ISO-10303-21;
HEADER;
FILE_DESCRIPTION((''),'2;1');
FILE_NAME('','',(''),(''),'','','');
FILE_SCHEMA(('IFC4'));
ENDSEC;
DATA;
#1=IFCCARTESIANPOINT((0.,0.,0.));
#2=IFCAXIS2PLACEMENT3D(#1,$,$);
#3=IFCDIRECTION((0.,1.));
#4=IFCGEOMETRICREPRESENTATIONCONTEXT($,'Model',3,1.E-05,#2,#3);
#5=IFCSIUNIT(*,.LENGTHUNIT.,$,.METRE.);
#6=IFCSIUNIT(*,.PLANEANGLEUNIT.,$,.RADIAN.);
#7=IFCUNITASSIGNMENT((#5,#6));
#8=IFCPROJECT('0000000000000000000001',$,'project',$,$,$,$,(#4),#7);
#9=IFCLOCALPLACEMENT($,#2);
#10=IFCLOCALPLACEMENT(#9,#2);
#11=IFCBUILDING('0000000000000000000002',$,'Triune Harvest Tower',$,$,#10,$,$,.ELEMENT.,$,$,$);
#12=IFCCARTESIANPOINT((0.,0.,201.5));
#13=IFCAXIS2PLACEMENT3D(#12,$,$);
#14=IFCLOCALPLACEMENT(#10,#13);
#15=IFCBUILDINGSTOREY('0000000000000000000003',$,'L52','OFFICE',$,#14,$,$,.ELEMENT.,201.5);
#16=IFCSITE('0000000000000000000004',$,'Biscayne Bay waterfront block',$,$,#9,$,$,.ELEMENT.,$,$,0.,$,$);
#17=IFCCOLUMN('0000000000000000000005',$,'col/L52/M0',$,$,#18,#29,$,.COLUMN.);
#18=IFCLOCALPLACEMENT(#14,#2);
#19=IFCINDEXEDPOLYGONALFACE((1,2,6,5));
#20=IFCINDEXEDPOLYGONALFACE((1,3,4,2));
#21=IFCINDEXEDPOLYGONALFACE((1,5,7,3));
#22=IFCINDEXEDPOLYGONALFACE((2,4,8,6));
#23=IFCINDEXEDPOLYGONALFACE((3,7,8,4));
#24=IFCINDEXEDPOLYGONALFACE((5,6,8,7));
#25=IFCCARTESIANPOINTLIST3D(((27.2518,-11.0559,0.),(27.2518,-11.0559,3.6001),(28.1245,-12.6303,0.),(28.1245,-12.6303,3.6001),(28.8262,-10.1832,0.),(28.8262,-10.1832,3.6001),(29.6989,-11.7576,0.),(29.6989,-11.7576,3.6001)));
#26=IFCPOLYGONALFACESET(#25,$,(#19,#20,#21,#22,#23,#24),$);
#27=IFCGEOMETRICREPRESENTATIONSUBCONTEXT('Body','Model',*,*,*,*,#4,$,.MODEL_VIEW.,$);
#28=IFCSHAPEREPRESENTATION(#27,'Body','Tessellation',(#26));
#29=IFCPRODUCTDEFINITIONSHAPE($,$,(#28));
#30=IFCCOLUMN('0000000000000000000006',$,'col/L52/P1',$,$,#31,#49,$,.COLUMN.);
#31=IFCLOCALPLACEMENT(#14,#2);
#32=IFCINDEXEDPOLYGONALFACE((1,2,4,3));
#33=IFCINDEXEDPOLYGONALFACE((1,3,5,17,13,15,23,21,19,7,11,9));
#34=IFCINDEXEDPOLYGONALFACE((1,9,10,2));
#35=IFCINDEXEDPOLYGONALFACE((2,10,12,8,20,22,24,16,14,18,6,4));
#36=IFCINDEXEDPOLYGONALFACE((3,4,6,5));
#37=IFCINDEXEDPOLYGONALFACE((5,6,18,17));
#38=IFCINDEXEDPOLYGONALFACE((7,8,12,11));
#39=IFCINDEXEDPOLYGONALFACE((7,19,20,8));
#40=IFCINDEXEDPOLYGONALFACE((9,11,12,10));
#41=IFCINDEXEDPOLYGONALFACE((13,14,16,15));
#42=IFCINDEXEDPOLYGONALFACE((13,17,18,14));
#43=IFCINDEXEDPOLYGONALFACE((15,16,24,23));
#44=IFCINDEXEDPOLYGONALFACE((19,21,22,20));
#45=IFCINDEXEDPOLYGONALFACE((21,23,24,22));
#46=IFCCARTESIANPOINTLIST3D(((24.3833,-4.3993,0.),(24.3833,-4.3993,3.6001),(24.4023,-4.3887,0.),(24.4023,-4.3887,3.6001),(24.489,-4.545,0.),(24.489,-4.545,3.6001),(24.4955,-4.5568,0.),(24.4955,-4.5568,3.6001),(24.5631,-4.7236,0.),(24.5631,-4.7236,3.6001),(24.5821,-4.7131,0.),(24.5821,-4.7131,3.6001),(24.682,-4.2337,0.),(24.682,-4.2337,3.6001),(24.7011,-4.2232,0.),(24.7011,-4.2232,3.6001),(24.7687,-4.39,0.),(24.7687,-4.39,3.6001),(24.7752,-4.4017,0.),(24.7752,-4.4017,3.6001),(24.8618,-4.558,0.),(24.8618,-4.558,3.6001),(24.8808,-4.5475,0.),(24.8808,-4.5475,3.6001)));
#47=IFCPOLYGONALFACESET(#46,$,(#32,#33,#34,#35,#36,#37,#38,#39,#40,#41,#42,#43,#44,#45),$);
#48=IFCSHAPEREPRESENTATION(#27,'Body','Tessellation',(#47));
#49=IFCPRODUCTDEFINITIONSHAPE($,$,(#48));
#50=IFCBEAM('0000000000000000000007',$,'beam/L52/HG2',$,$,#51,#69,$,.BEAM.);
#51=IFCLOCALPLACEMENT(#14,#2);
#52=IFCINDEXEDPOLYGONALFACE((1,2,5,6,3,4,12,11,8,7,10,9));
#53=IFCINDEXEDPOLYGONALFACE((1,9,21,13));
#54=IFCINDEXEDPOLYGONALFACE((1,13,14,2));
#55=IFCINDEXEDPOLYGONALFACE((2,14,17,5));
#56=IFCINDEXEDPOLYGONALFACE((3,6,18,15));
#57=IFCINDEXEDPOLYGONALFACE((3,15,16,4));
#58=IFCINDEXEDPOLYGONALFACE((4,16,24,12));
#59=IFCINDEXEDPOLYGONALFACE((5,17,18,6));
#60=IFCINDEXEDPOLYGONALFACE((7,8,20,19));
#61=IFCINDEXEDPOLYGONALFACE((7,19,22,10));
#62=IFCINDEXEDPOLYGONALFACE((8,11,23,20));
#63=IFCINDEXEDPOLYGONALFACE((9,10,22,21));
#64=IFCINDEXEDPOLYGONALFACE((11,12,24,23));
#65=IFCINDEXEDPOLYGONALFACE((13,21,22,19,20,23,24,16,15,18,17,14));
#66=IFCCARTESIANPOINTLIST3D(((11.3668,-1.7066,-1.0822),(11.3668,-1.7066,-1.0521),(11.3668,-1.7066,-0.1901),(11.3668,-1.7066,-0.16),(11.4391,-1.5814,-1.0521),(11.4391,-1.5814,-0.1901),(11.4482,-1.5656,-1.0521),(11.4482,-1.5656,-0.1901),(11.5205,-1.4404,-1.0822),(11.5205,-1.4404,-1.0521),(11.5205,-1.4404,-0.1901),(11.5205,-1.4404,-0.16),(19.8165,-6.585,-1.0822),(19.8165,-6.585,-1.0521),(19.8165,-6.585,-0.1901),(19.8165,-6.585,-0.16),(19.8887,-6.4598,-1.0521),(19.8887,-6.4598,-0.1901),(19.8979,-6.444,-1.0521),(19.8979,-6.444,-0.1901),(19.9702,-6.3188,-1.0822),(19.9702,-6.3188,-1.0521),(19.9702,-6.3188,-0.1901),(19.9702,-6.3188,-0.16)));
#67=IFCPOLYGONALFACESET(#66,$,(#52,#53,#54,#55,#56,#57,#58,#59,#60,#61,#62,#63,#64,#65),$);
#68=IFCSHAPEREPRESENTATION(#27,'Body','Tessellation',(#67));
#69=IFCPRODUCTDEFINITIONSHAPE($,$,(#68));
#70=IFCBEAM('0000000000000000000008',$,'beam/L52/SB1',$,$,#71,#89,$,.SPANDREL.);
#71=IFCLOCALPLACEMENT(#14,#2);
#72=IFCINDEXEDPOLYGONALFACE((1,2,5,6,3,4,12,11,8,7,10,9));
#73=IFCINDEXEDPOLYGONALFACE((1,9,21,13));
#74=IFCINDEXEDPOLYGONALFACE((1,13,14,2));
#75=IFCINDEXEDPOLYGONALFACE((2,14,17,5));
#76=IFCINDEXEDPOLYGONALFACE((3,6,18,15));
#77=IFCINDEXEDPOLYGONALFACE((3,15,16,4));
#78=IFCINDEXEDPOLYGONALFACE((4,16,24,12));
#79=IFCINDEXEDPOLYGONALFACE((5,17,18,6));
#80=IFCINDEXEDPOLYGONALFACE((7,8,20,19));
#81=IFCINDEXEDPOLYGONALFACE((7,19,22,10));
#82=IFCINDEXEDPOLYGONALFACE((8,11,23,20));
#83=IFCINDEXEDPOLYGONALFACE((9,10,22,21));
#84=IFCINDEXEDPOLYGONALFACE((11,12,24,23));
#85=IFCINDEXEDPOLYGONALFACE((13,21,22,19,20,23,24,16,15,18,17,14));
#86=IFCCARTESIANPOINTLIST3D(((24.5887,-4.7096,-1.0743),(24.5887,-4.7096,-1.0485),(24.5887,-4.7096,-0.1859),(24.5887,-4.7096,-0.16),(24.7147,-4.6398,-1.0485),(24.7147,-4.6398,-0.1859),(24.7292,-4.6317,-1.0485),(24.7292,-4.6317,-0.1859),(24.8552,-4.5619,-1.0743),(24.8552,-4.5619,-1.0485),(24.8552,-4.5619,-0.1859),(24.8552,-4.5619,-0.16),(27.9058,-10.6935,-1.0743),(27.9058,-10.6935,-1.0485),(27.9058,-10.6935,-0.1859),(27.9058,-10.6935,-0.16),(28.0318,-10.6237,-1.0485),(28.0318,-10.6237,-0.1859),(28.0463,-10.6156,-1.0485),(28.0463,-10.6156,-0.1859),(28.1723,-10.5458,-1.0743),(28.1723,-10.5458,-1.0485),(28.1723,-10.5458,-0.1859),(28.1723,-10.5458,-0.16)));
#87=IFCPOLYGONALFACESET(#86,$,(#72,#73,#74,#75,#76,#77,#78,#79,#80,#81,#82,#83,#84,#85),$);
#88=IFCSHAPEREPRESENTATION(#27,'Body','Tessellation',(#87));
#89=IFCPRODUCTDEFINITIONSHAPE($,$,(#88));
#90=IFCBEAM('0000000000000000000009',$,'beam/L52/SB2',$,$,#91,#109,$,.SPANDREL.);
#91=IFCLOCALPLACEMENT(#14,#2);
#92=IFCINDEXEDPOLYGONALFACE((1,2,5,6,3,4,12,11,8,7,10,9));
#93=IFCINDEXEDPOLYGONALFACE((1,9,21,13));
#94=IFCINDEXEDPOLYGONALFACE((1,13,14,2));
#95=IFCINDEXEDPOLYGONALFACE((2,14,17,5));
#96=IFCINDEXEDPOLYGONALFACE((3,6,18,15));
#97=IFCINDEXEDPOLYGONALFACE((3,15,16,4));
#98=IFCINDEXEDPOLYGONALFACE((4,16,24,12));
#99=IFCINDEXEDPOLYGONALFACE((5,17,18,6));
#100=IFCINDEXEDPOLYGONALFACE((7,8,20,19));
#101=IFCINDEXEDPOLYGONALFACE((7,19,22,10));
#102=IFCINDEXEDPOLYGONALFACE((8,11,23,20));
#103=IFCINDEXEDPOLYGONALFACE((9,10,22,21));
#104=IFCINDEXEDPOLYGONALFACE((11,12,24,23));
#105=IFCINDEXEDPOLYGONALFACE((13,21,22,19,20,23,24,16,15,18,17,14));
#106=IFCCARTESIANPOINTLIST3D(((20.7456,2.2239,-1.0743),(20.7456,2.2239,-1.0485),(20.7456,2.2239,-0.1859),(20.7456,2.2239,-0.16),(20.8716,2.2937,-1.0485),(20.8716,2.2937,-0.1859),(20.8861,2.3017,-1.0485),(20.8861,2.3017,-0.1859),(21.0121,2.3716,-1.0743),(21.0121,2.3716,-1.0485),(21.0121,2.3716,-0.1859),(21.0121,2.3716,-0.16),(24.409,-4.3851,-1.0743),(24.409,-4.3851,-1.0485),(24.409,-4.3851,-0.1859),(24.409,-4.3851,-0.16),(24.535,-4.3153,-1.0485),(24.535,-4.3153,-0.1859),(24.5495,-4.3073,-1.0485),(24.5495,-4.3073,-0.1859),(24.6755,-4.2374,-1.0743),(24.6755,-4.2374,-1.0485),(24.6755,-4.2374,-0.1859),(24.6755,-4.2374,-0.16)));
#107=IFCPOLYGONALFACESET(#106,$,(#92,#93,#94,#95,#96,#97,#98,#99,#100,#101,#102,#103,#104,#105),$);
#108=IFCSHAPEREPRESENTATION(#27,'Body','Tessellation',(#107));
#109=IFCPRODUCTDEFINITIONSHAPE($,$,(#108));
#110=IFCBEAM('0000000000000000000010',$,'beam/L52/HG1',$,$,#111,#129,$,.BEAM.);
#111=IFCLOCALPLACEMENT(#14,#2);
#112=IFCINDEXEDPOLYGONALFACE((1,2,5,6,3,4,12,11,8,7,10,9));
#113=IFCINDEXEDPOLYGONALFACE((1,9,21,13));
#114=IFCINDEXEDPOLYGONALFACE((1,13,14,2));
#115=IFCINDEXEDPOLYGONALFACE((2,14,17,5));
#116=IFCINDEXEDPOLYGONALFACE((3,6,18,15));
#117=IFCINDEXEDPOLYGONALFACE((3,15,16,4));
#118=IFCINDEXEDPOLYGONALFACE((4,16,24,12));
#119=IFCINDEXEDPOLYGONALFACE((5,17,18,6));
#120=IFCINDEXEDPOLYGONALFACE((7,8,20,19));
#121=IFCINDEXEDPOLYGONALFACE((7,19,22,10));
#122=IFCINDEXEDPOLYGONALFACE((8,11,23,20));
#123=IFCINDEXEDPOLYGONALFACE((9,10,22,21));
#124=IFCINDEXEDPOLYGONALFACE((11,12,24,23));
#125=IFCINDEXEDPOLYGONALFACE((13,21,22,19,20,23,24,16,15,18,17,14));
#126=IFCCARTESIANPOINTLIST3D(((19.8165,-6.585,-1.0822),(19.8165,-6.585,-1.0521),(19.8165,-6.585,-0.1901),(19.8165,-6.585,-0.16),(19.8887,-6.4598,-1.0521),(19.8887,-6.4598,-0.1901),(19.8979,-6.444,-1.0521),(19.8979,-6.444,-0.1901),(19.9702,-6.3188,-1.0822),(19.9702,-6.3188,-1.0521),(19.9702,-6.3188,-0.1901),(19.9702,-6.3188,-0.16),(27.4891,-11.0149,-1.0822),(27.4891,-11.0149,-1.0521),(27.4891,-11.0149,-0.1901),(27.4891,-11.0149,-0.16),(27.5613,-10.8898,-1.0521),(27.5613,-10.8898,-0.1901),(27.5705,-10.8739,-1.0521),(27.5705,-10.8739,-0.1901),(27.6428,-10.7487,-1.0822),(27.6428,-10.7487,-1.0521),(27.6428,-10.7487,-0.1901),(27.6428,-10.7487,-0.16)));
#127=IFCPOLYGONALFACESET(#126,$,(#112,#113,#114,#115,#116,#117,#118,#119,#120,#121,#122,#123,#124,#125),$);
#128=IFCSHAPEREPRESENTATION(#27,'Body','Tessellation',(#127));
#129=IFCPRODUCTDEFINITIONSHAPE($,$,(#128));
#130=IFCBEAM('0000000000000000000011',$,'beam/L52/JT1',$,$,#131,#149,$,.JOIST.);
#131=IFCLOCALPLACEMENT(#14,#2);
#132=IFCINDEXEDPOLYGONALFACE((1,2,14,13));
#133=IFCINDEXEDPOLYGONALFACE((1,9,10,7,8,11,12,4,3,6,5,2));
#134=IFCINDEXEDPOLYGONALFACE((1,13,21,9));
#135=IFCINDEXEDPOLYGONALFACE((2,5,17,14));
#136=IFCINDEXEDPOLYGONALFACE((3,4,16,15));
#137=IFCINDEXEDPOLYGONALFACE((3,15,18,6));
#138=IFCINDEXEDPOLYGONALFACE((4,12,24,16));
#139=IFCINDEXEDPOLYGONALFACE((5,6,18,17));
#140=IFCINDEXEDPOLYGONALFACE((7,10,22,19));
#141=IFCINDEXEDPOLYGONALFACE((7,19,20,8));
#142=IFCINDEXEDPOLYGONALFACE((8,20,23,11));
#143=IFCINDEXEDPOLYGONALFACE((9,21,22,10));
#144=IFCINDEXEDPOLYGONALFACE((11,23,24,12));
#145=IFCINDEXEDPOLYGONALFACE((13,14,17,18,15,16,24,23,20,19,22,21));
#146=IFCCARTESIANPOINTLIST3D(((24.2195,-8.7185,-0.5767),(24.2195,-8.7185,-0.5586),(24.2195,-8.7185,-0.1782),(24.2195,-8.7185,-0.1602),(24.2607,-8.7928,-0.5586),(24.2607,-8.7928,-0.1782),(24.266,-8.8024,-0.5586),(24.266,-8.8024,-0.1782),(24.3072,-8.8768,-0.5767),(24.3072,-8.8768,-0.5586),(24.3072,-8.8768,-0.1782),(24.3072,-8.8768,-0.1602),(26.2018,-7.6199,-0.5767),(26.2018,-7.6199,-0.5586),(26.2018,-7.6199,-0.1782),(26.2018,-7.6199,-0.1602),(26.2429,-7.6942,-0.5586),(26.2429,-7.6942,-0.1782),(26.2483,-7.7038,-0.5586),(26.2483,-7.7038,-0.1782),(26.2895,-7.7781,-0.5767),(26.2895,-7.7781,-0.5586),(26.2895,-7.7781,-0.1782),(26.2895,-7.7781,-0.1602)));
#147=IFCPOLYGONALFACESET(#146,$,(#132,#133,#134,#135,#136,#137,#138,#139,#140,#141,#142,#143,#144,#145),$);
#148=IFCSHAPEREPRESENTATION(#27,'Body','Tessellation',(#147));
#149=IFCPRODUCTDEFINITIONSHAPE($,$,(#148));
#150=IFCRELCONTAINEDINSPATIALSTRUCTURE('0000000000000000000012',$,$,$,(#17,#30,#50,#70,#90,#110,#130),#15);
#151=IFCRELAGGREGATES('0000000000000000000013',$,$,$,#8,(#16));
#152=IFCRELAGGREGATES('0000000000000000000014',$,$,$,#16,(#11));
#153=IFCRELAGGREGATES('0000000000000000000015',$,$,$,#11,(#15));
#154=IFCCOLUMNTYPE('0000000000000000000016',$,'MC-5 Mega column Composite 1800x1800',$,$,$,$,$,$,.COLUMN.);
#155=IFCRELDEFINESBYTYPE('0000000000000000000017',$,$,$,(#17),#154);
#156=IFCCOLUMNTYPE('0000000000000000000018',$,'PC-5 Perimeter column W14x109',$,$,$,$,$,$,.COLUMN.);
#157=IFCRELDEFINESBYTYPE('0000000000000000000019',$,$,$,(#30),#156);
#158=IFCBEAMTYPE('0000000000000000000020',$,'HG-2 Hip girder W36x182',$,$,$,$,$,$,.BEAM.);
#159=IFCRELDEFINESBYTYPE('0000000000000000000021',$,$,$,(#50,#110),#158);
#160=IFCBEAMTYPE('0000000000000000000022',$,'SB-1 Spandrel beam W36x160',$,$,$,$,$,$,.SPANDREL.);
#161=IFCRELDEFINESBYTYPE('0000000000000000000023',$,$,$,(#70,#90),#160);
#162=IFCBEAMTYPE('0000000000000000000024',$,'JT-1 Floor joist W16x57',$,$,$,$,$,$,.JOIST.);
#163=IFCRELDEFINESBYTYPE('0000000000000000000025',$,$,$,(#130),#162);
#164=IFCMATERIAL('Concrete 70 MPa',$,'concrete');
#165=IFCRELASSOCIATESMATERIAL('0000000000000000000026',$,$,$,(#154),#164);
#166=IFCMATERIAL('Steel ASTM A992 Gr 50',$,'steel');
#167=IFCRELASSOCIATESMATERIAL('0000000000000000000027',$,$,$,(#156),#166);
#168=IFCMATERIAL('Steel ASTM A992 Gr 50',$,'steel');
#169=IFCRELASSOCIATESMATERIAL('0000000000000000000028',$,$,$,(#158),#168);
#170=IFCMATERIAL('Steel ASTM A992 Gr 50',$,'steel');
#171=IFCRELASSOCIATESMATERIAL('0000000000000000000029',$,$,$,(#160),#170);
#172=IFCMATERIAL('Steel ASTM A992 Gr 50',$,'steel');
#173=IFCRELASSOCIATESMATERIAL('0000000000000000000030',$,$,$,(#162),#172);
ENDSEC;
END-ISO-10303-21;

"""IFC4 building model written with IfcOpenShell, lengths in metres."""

from ifc_helpers import new_model, si_unit, direction, frame, origin, origin_2d, place, context, subcontext, project, spatial, rectangle, i_section, extrude, source, transform, mapped, material, material_profile, profile_set, type_object, element, save


model = new_model("IFC4")

# Units and contexts
model_context = context("Model", 3, precision=1e-05, world=origin(), true_north=direction((0.0, 1.0)))
body_context = subcontext(model_context, "Body", "Model", "MODEL_VIEW")
ifc_project = project(units=[si_unit("LENGTHUNIT", "METRE"), si_unit("PLANEANGLEUNIT", "RADIAN")], contexts=[model_context])

# Site, building, storey
site_placement = place(None, origin())
site = spatial("IfcSite", under=ifc_project, at=site_placement, Name="Biscayne Bay waterfront block", CompositionType="ELEMENT", RefElevation=0.0)
building_placement = place(site_placement, origin())
building = spatial("IfcBuilding", under=site, at=building_placement, Name="Triune Harvest Tower", CompositionType="ELEMENT")
storey_placement = place(building_placement, frame((0.0, 0.0, 201.5)))
storey = spatial("IfcBuildingStorey", under=building, at=storey_placement, Name="L52", Description="OFFICE", CompositionType="ELEMENT", Elevation=201.5)

# Columns
ifc_material_1 = material(Name="Concrete 70 MPa", Category="concrete")
ifc_material_profile_1 = material_profile(ifc_material_1, rectangle(XDim=1.8, YDim=1.8, at=origin_2d()), Name="Composite 1800x1800")
ifc_profile_set_1 = profile_set([ifc_material_profile_1], Name="Concrete 70 MPa")
column_type_1 = type_object("IfcColumnType", Name="MC-5 Mega column Composite 1800x1800", PredefinedType="COLUMN", material=ifc_profile_set_1)
shared_shape_1 = source(origin(), body_context, "Body", "SweptSolid", [
    extrude(rectangle(XDim=1.8, YDim=1.8, at=origin_2d()), origin(), (0.0, 0.0, 1.0), 3.6001),
])
column_1_placement = place(storey_placement, frame((28.4753, -11.4067, 0.0), z_axis=(0.0, 0.0, 1.0), x_axis=(-0.48481, 0.87462, 0.0)))
element("IfcColumn", 1, at=column_1_placement, inside=storey, type_object=column_type_1, Name="col/L52/M0", PredefinedType="COLUMN", context=body_context, shape_type="MappedRepresentation", body=[
    mapped(shared_shape_1, transform((0.0, 0.0, 0.0), scale=1.0)),
])
ifc_material_2 = material(Name="Steel ASTM A992 Gr 50", Category="steel")
ifc_material_profile_2 = material_profile(ifc_material_2, i_section(OverallWidth=0.3708, OverallDepth=0.3633, WebThickness=0.0134, FlangeThickness=0.0217, at=origin_2d()), Name="W14x109")
ifc_profile_set_2 = profile_set([ifc_material_profile_2], Name="Steel ASTM A992 Gr 50")
column_type_2 = type_object("IfcColumnType", Name="PC-5 Perimeter column W14x109", PredefinedType="COLUMN", material=ifc_profile_set_2)
shared_shape_2 = source(origin(), body_context, "Body", "SweptSolid", [
    extrude(i_section(OverallWidth=0.3708, OverallDepth=0.3633, WebThickness=0.0134, FlangeThickness=0.0217, at=origin_2d()), origin(), (0.0, 0.0, 1.0), 3.6001),
])
column_2_placement = place(storey_placement, frame((24.6321, -4.4734, 0.0), z_axis=(0.0, 0.0, 1.0), x_axis=(-0.48481, 0.87462, 0.0)))
element("IfcColumn", 2, at=column_2_placement, inside=storey, type_object=column_type_2, Name="col/L52/P1", PredefinedType="COLUMN", context=body_context, shape_type="MappedRepresentation", body=[
    mapped(shared_shape_2, transform((0.0, 0.0, 0.0), scale=1.0)),
])

# Beams
ifc_material_3 = material(Name="Steel ASTM A992 Gr 50", Category="steel")
ifc_material_profile_3 = material_profile(ifc_material_3, i_section(OverallWidth=0.3074, OverallDepth=0.9221, WebThickness=0.0183, FlangeThickness=0.03, at=origin_2d()), Name="W36x182")
ifc_profile_set_3 = profile_set([ifc_material_profile_3], Name="Steel ASTM A992 Gr 50")
beam_type_1 = type_object("IfcBeamType", Name="HG-2 Hip girder W36x182", PredefinedType="BEAM", material=ifc_profile_set_3)
shared_shape_3 = source(origin(), body_context, "Body", "SweptSolid", [
    extrude(i_section(OverallWidth=0.3074, OverallDepth=0.9221, WebThickness=0.0183, FlangeThickness=0.03, at=origin_2d()), origin(), (0.0, 0.0, 1.0), 9.7568),
])
beam_1_placement = place(storey_placement, frame((19.8933, -6.4519, -0.6211), z_axis=(-0.866026, 0.499998, 0.0), x_axis=(-0.499998, -0.866026, 0.0)))
element("IfcBeam", 3, at=beam_1_placement, inside=storey, type_object=beam_type_1, Name="beam/L52/HG2", PredefinedType="BEAM", context=body_context, shape_type="MappedRepresentation", body=[
    mapped(shared_shape_3, transform((0.0, 0.0, 0.0), scale=1.0)),
])
ifc_material_4 = material(Name="Steel ASTM A992 Gr 50", Category="steel")
ifc_material_profile_4 = material_profile(ifc_material_4, i_section(OverallWidth=0.3047, OverallDepth=0.9143, WebThickness=0.0166, FlangeThickness=0.0259, at=origin_2d()), Name="W36x160")
ifc_profile_set_4 = profile_set([ifc_material_profile_4], Name="Steel ASTM A992 Gr 50")
beam_type_2 = type_object("IfcBeamType", Name="SB-1 Spandrel beam W36x160", PredefinedType="SPANDREL", material=ifc_profile_set_4)
shared_shape_4 = source(origin(), body_context, "Body", "SweptSolid", [
    extrude(i_section(OverallWidth=0.3047, OverallDepth=0.9143, WebThickness=0.0166, FlangeThickness=0.0259, at=origin_2d()), origin(), (0.0, 0.0, 1.0), 6.8418),
])
beam_2_placement = place(storey_placement, frame((28.0391, -10.6196, -0.6172), z_axis=(-0.484834, 0.874606, 0.0), x_axis=(-0.874606, -0.484834, 0.0)))
element("IfcBeam", 4, at=beam_2_placement, inside=storey, type_object=beam_type_2, Name="beam/L52/SB1", PredefinedType="SPANDREL", context=body_context, shape_type="MappedRepresentation", body=[
    mapped(shared_shape_4, transform((0.0, 0.0, 0.0), scale=1.0)),
])
shared_shape_5 = source(origin(), body_context, "Body", "SweptSolid", [
    extrude(i_section(OverallWidth=0.3047, OverallDepth=0.9143, WebThickness=0.0166, FlangeThickness=0.0259, at=origin_2d()), origin(), (0.0, 0.0, 1.0), 7.5564),
])
beam_3_placement = place(storey_placement, frame((24.5422, -4.3113, -0.6172), z_axis=(-0.484806, 0.874622, 0.0), x_axis=(-0.874622, -0.484806, 0.0)))
element("IfcBeam", 5, at=beam_3_placement, inside=storey, type_object=beam_type_2, Name="beam/L52/SB2", PredefinedType="SPANDREL", context=body_context, shape_type="MappedRepresentation", body=[
    mapped(shared_shape_5, transform((0.0, 0.0, 0.0), scale=1.0)),
])
shared_shape_6 = source(origin(), body_context, "Body", "SweptSolid", [
    extrude(i_section(OverallWidth=0.3074, OverallDepth=0.9221, WebThickness=0.0183, FlangeThickness=0.03, at=origin_2d()), origin(), (0.0, 0.0, 1.0), 8.8596),
])
beam_4_placement = place(storey_placement, frame((27.5659, -10.8818, -0.6211), z_axis=(-0.866018, 0.500013, 0.0), x_axis=(-0.500013, -0.866018, 0.0)))
element("IfcBeam", 6, at=beam_4_placement, inside=storey, type_object=beam_type_1, Name="beam/L52/HG1", PredefinedType="BEAM", context=body_context, shape_type="MappedRepresentation", body=[
    mapped(shared_shape_6, transform((0.0, 0.0, 0.0), scale=1.0)),
])
ifc_material_5 = material(Name="Steel ASTM A992 Gr 50", Category="steel")
ifc_material_profile_5 = material_profile(ifc_material_5, i_section(OverallWidth=0.1809, OverallDepth=0.4165, WebThickness=0.011, FlangeThickness=0.0181, at=origin_2d()), Name="W16x57")
ifc_profile_set_5 = profile_set([ifc_material_profile_5], Name="Steel ASTM A992 Gr 50")
beam_type_3 = type_object("IfcBeamType", Name="JT-1 Floor joist W16x57", PredefinedType="JOIST", material=ifc_profile_set_5)
shared_shape_7 = source(origin(), body_context, "Body", "SweptSolid", [
    extrude(i_section(OverallWidth=0.1809, OverallDepth=0.4165, WebThickness=0.011, FlangeThickness=0.0181, at=origin_2d()), origin(), (0.0, 0.0, 1.0), 2.2664),
])
beam_5_placement = place(storey_placement, frame((26.2456, -7.699, -0.3684), z_axis=(-0.87464, -0.484774, 0.0), x_axis=(0.484774, -0.87464, 0.0)))
element("IfcBeam", 7, at=beam_5_placement, inside=storey, type_object=beam_type_3, Name="beam/L52/JT1", PredefinedType="JOIST", context=body_context, shape_type="MappedRepresentation", body=[
    mapped(shared_shape_7, transform((0.0, 0.0, 0.0), scale=1.0)),
])

save(model, "model.ifc")
